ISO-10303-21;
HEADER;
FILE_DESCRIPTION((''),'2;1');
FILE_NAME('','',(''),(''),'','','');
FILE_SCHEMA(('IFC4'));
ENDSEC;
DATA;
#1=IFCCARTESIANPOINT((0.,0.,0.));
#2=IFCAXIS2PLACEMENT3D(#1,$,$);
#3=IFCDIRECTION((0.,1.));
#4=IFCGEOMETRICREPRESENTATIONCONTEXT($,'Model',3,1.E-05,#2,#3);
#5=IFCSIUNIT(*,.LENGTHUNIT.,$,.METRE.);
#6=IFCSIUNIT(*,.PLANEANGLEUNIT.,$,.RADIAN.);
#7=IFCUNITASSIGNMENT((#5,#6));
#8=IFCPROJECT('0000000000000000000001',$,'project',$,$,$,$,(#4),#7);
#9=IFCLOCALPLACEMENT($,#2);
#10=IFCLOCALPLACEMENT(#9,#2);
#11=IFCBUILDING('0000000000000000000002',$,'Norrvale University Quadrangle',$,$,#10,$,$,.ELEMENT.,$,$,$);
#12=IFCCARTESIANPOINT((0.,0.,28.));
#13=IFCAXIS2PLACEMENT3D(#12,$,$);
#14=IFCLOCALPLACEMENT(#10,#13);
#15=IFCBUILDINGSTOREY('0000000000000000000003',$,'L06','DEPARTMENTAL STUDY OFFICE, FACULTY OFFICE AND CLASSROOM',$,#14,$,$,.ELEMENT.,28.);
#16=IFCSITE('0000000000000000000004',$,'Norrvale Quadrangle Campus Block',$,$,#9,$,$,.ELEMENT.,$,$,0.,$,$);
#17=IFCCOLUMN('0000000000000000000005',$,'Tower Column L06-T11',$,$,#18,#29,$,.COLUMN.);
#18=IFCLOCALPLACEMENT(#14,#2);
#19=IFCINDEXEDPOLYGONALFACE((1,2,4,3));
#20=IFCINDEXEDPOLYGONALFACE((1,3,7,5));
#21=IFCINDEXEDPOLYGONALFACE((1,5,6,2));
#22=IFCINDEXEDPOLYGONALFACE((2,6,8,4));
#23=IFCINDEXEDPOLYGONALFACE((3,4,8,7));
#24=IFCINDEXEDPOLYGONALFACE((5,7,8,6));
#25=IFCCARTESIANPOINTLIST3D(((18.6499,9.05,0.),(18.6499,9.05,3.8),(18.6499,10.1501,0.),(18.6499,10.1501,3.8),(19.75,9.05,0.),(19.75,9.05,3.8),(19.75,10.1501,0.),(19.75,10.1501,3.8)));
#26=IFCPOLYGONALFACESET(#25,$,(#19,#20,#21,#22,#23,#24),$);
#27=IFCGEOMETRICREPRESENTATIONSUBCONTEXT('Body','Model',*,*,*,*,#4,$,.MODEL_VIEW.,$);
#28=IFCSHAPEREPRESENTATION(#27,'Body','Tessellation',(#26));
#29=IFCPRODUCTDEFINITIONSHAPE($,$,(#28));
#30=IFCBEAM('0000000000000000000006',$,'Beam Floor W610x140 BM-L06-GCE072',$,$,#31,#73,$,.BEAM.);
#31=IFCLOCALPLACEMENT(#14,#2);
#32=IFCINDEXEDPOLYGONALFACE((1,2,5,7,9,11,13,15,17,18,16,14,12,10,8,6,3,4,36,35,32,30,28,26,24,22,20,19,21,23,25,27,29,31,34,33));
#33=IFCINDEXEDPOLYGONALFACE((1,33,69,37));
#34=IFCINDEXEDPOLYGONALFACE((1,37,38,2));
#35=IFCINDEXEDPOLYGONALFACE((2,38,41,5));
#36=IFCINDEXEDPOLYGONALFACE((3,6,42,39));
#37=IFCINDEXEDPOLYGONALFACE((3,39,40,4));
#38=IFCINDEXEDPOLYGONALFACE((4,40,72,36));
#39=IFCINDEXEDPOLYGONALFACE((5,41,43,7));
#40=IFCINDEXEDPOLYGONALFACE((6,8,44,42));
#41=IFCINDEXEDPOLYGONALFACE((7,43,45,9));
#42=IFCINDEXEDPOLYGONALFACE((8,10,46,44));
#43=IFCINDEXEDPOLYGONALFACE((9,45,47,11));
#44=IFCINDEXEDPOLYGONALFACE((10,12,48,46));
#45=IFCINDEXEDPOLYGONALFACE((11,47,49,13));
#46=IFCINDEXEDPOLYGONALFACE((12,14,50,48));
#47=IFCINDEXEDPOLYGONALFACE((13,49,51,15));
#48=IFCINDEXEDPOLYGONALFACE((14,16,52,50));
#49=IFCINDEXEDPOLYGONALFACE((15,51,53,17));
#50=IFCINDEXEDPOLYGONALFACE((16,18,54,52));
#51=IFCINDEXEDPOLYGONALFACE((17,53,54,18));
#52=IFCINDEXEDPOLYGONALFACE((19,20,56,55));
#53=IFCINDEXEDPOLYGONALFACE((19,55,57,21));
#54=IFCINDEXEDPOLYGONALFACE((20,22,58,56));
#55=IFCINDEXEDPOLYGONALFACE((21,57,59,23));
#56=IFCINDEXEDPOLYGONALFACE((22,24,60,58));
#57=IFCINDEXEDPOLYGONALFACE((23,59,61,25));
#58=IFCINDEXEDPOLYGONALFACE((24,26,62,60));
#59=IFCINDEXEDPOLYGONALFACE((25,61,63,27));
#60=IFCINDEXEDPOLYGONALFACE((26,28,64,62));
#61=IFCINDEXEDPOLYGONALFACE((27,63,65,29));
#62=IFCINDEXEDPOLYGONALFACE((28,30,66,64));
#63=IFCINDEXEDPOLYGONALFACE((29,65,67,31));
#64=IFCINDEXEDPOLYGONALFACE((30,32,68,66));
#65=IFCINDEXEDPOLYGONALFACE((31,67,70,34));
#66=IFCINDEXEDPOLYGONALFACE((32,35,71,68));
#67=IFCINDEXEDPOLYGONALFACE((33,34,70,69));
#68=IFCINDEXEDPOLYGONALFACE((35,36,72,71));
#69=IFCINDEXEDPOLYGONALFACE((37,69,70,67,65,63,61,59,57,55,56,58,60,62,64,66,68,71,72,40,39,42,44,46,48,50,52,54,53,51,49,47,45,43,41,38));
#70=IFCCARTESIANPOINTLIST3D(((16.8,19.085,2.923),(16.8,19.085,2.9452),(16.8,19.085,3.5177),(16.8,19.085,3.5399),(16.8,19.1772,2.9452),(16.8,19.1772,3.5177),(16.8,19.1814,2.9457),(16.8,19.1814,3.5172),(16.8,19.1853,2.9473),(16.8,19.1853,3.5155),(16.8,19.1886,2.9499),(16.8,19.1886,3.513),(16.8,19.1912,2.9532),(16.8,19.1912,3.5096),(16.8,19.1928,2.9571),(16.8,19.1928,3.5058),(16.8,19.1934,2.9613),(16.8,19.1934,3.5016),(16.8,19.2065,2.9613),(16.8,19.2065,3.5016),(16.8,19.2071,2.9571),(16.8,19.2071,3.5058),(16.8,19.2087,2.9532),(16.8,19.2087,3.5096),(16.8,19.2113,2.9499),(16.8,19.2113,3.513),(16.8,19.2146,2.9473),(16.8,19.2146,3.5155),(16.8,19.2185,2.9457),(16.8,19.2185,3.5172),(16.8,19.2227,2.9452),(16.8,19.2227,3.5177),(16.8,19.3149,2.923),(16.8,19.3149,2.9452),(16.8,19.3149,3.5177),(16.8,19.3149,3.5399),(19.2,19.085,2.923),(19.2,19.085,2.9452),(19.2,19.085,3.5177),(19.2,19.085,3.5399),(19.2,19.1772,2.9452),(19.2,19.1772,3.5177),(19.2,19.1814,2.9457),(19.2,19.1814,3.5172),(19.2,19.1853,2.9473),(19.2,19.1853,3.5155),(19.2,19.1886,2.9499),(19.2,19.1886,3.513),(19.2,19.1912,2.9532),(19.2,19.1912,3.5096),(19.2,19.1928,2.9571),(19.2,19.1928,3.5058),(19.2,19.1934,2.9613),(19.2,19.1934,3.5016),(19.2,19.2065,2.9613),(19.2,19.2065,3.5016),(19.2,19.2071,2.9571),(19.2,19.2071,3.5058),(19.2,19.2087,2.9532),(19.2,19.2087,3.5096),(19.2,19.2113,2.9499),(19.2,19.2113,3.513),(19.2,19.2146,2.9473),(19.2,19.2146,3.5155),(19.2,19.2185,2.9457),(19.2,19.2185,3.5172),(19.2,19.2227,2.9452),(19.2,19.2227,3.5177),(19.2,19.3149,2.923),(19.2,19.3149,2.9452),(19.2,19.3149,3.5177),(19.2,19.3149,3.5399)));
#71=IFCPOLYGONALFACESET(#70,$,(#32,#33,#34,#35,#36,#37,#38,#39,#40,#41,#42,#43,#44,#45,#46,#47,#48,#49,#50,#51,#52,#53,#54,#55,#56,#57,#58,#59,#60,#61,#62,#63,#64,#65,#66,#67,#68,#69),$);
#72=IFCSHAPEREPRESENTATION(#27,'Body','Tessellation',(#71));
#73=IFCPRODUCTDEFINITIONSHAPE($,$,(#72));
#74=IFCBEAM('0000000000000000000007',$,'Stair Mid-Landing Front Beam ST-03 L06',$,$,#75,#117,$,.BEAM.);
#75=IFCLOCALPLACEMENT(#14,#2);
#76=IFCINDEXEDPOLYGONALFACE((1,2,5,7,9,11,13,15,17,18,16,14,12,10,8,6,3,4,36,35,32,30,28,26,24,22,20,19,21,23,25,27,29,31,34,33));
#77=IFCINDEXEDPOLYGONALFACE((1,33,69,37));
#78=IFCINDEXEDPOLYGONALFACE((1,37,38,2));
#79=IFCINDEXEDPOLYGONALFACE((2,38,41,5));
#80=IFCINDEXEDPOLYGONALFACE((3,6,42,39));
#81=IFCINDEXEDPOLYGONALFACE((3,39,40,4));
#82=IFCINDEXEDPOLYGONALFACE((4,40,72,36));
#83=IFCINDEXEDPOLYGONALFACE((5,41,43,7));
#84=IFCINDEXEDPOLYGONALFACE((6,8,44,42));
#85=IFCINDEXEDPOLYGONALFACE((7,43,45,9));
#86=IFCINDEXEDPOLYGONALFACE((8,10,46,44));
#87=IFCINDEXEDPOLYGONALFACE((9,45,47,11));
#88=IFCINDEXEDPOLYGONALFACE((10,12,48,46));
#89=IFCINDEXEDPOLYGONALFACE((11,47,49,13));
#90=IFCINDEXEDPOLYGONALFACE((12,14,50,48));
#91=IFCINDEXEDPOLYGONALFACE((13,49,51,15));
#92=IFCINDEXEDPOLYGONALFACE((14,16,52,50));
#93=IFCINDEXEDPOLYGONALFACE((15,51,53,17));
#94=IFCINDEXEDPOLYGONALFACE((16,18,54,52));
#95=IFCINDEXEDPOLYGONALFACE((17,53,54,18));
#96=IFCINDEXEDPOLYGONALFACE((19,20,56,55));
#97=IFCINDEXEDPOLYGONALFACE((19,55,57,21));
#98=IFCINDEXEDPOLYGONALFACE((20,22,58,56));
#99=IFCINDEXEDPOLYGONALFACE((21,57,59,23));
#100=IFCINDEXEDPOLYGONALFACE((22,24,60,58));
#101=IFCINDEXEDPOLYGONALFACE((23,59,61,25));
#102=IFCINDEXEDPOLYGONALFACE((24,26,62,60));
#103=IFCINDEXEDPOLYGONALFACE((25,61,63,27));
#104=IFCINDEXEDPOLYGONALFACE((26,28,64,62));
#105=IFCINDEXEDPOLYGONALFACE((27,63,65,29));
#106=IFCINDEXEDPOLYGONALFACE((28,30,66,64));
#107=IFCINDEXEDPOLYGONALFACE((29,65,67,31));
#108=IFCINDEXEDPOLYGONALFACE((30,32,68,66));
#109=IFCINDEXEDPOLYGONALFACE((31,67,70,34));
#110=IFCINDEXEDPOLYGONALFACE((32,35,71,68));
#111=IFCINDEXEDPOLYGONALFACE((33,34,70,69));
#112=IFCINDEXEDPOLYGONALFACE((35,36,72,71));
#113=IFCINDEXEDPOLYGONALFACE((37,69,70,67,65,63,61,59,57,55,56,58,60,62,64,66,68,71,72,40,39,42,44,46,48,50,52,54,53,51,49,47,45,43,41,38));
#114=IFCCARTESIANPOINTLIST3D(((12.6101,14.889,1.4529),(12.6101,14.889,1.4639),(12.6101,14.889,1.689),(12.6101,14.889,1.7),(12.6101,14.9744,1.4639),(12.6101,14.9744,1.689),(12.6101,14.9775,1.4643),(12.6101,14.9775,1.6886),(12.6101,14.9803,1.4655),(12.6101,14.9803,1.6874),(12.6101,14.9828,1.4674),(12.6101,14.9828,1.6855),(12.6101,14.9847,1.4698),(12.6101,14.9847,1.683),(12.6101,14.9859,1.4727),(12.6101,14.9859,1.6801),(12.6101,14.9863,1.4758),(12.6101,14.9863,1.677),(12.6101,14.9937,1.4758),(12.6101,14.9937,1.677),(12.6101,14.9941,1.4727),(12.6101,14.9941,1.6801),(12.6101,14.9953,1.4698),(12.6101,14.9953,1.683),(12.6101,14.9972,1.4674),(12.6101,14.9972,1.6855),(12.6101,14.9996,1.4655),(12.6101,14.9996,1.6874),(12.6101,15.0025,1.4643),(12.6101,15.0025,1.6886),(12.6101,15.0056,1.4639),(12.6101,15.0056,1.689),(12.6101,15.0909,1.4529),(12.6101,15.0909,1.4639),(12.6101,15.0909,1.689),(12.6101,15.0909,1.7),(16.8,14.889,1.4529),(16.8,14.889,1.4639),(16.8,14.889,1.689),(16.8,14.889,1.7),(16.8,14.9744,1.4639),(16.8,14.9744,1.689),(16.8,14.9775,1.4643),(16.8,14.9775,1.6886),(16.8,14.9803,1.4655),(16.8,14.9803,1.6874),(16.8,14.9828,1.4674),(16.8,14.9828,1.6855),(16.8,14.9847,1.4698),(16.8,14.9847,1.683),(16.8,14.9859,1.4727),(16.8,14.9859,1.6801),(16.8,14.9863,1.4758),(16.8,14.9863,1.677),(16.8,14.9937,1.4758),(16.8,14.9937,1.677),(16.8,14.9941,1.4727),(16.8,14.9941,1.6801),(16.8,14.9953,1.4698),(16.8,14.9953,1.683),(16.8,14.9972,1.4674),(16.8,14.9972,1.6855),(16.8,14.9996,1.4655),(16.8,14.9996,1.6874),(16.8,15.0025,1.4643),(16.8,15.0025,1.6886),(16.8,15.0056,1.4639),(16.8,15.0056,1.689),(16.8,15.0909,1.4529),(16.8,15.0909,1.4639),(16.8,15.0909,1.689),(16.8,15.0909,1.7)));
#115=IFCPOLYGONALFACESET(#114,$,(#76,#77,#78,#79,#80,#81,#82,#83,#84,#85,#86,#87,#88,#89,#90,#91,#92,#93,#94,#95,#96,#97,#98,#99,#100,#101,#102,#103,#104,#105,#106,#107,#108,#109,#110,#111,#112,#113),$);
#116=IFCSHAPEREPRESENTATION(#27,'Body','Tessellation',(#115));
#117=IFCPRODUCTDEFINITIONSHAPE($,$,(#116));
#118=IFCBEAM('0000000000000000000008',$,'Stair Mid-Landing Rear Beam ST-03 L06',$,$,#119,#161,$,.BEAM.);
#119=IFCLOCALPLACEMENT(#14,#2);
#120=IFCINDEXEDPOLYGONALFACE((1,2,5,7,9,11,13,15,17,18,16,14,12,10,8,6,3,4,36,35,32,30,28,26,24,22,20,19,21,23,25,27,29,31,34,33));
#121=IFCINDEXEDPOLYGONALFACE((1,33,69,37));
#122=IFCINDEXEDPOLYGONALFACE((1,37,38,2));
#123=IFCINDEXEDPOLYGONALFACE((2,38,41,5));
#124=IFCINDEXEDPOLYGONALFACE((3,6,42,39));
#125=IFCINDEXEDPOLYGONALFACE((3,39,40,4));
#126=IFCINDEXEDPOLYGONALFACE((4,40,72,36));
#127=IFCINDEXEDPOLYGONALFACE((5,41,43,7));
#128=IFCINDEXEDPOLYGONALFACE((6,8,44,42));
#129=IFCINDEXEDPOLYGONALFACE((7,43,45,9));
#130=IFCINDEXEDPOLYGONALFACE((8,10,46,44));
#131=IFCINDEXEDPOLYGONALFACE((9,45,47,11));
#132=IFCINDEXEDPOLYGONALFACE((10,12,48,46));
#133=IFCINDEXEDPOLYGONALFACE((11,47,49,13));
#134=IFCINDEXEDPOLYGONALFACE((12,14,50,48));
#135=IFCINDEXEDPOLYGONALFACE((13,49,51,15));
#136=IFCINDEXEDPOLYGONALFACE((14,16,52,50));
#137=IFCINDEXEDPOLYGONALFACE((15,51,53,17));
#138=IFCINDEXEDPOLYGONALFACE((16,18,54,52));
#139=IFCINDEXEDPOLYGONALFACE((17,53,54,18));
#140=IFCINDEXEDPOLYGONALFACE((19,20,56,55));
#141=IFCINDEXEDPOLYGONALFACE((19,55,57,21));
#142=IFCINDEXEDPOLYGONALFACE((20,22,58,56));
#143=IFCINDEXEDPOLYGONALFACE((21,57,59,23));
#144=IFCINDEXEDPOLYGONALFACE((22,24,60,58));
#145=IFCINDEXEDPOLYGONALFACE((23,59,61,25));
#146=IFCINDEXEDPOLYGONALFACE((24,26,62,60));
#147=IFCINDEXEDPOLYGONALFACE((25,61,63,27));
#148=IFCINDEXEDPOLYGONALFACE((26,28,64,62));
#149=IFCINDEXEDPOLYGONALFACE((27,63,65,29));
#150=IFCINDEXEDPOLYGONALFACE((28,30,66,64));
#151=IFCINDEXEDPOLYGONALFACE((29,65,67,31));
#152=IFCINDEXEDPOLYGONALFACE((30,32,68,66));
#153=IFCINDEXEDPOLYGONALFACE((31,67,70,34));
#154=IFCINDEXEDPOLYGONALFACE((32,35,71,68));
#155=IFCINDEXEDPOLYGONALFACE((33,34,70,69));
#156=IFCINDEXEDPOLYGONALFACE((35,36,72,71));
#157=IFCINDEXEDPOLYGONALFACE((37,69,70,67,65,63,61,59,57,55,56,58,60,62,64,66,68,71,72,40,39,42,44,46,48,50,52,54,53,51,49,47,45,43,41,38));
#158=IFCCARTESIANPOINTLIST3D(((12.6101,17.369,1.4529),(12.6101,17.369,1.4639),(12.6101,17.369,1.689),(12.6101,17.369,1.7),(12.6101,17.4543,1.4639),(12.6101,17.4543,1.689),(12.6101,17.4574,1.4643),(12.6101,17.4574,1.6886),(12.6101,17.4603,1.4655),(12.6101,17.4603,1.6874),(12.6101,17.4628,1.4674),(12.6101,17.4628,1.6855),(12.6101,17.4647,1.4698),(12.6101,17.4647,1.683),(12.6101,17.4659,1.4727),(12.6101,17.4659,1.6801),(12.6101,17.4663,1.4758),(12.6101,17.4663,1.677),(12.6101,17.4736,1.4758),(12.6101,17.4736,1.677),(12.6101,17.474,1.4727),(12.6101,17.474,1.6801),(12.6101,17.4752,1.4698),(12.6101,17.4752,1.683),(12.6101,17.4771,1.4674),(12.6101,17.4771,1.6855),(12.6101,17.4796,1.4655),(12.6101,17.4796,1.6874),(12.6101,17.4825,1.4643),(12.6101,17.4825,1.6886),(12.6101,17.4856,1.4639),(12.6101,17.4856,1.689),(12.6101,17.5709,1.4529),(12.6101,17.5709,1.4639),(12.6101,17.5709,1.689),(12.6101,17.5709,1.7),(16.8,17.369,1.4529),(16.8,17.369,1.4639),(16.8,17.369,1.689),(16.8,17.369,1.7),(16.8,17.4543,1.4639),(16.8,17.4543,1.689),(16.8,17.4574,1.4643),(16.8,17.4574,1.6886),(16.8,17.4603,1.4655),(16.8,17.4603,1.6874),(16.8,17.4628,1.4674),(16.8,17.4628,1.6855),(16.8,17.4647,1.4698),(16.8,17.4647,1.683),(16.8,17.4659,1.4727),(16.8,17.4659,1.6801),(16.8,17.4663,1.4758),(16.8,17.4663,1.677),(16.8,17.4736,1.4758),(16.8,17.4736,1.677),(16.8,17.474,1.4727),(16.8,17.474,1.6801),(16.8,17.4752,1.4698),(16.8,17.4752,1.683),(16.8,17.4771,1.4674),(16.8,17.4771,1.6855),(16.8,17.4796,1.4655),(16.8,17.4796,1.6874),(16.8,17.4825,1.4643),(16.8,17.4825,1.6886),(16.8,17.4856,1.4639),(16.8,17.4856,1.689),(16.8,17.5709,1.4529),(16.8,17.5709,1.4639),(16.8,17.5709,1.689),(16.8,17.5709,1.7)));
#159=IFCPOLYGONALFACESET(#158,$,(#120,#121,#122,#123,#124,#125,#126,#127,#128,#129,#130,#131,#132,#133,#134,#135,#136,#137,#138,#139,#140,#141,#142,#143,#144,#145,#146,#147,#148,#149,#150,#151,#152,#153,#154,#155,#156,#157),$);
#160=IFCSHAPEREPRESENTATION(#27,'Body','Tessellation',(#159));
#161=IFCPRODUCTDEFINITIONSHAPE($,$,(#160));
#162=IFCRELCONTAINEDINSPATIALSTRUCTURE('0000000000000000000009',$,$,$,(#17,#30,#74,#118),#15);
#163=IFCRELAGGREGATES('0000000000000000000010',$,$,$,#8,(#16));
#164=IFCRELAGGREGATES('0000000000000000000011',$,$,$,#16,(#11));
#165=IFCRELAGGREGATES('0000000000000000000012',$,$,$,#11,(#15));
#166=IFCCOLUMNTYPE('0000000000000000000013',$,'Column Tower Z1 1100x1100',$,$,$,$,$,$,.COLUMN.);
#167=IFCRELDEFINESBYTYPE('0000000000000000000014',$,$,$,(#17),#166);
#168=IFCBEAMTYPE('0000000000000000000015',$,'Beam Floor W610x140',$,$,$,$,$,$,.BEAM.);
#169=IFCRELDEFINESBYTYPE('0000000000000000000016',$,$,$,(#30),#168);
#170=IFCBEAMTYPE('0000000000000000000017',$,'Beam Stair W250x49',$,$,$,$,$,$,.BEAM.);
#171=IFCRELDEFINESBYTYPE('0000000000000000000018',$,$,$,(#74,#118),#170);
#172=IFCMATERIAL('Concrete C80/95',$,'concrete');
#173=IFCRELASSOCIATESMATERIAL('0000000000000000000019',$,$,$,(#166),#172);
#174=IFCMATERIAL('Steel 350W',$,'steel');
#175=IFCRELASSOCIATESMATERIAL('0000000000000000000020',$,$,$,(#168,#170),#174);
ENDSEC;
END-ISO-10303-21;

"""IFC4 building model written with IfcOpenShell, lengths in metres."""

from ifc_helpers import new_model, si_unit, direction, frame, origin, origin_2d, place, context, subcontext, project, spatial, rectangle, i_section, extrude, material, material_profile, profile_set, type_object, element, save


model = new_model("IFC4")

# Units and contexts
model_context = context("Model", 3, precision=1e-05, world=origin(), true_north=direction((0.0, 1.0)))
body_context = subcontext(model_context, "Body", "Model", "MODEL_VIEW")
ifc_project = project(units=[si_unit("LENGTHUNIT", "METRE"), si_unit("PLANEANGLEUNIT", "RADIAN")], contexts=[model_context])

# Site, building, storey
site_placement = place(None, origin())
site = spatial("IfcSite", under=ifc_project, at=site_placement, Name="Norrvale Quadrangle Campus Block", CompositionType="ELEMENT", RefElevation=0.0)
building_placement = place(site_placement, origin())
building = spatial("IfcBuilding", under=site, at=building_placement, Name="Norrvale University Quadrangle", CompositionType="ELEMENT")
storey_placement = place(building_placement, frame((0.0, 0.0, 28.0)))
storey = spatial("IfcBuildingStorey", under=building, at=storey_placement, Name="L06", Description="DEPARTMENTAL STUDY OFFICE, FACULTY OFFICE AND CLASSROOM", CompositionType="ELEMENT", Elevation=28.0)

# Column
ifc_material_1 = material(Name="Concrete C80/95", Category="concrete")
ifc_material_profile_1 = material_profile(ifc_material_1, rectangle(XDim=1.1001, YDim=1.1001, at=origin_2d()), Name="Concrete C80/95")
ifc_profile_set_1 = profile_set([ifc_material_profile_1], Name="Concrete C80/95")
column_type = type_object("IfcColumnType", Name="Column Tower Z1 1100x1100", PredefinedType="COLUMN", material=ifc_profile_set_1)
column_placement = place(storey_placement, frame((19.2, 9.6001, 0.0), z_axis=(0.0, 0.0, 1.0), x_axis=(1.0, 0.0, 0.0)))
element("IfcColumn", 1, at=column_placement, inside=storey, type_object=column_type, Name="Tower Column L06-T11", PredefinedType="COLUMN", context=body_context, shape_type="SweptSolid", body=[
    extrude(rectangle(XDim=1.1001, YDim=1.1001, at=origin_2d()), origin(), (0.0, 0.0, 1.0), 3.8),
])

# Beams
ifc_material_2 = material(Name="Steel 350W", Category="steel")
ifc_material_profile_2 = material_profile(ifc_material_2, i_section(OverallWidth=0.23, OverallDepth=0.6169, WebThickness=0.0132, FlangeThickness=0.0222, FilletRadius=0.0161, at=origin_2d()), Name="Steel 350W")
ifc_profile_set_2 = profile_set([ifc_material_profile_2], Name="Steel 350W")
beam_type_1 = type_object("IfcBeamType", Name="Beam Floor W610x140", PredefinedType="BEAM", material=ifc_profile_set_2)
beam_1_placement = place(storey_placement, frame((16.8, 19.2, 3.2314), z_axis=(1.0, 0.0, 0.0), x_axis=(0.0, 1.0, 0.0)))
element("IfcBeam", 2, at=beam_1_placement, inside=storey, type_object=beam_type_1, Name="Beam Floor W610x140 BM-L06-GCE072", PredefinedType="BEAM", context=body_context, shape_type="SweptSolid", body=[
    extrude(i_section(OverallWidth=0.23, OverallDepth=0.6169, WebThickness=0.0132, FlangeThickness=0.0222, FilletRadius=0.0161, at=origin_2d()), origin(), (0.0, 0.0, 1.0), 2.3999),
])
ifc_material_profile_3 = material_profile(ifc_material_2, i_section(OverallWidth=0.2019, OverallDepth=0.2471, WebThickness=0.0073, FlangeThickness=0.011, FilletRadius=0.012, at=origin_2d()), Name="Steel 350W")
ifc_profile_set_3 = profile_set([ifc_material_profile_3], Name="Steel 350W")
beam_type_2 = type_object("IfcBeamType", Name="Beam Stair W250x49", PredefinedType="BEAM", material=ifc_profile_set_3)
for number, where, z_axis, x_axis, name in (
    (3, (12.6101, 14.99, 1.5764), (1.0, 0.0, 0.0), (0.0, 1.0, 0.0), "Stair Mid-Landing Front Beam ST-03 L06"),
    (4, (12.6101, 17.47, 1.5764), (1.0, 0.0, 0.0), (0.0, 1.0, 0.0), "Stair Mid-Landing Rear Beam ST-03 L06"),
):
    element("IfcBeam", number, at=place(storey_placement, frame(where, z_axis=z_axis, x_axis=x_axis)), inside=storey, type_object=beam_type_2, Name=name, PredefinedType="BEAM", context=body_context, shape_type="SweptSolid", body=[
        extrude(i_section(OverallWidth=0.2019, OverallDepth=0.2471, WebThickness=0.0073, FlangeThickness=0.011, FilletRadius=0.012, at=origin_2d()), origin(), (0.0, 0.0, 1.0), 4.1899),
    ])

save(model, "model.ifc")
